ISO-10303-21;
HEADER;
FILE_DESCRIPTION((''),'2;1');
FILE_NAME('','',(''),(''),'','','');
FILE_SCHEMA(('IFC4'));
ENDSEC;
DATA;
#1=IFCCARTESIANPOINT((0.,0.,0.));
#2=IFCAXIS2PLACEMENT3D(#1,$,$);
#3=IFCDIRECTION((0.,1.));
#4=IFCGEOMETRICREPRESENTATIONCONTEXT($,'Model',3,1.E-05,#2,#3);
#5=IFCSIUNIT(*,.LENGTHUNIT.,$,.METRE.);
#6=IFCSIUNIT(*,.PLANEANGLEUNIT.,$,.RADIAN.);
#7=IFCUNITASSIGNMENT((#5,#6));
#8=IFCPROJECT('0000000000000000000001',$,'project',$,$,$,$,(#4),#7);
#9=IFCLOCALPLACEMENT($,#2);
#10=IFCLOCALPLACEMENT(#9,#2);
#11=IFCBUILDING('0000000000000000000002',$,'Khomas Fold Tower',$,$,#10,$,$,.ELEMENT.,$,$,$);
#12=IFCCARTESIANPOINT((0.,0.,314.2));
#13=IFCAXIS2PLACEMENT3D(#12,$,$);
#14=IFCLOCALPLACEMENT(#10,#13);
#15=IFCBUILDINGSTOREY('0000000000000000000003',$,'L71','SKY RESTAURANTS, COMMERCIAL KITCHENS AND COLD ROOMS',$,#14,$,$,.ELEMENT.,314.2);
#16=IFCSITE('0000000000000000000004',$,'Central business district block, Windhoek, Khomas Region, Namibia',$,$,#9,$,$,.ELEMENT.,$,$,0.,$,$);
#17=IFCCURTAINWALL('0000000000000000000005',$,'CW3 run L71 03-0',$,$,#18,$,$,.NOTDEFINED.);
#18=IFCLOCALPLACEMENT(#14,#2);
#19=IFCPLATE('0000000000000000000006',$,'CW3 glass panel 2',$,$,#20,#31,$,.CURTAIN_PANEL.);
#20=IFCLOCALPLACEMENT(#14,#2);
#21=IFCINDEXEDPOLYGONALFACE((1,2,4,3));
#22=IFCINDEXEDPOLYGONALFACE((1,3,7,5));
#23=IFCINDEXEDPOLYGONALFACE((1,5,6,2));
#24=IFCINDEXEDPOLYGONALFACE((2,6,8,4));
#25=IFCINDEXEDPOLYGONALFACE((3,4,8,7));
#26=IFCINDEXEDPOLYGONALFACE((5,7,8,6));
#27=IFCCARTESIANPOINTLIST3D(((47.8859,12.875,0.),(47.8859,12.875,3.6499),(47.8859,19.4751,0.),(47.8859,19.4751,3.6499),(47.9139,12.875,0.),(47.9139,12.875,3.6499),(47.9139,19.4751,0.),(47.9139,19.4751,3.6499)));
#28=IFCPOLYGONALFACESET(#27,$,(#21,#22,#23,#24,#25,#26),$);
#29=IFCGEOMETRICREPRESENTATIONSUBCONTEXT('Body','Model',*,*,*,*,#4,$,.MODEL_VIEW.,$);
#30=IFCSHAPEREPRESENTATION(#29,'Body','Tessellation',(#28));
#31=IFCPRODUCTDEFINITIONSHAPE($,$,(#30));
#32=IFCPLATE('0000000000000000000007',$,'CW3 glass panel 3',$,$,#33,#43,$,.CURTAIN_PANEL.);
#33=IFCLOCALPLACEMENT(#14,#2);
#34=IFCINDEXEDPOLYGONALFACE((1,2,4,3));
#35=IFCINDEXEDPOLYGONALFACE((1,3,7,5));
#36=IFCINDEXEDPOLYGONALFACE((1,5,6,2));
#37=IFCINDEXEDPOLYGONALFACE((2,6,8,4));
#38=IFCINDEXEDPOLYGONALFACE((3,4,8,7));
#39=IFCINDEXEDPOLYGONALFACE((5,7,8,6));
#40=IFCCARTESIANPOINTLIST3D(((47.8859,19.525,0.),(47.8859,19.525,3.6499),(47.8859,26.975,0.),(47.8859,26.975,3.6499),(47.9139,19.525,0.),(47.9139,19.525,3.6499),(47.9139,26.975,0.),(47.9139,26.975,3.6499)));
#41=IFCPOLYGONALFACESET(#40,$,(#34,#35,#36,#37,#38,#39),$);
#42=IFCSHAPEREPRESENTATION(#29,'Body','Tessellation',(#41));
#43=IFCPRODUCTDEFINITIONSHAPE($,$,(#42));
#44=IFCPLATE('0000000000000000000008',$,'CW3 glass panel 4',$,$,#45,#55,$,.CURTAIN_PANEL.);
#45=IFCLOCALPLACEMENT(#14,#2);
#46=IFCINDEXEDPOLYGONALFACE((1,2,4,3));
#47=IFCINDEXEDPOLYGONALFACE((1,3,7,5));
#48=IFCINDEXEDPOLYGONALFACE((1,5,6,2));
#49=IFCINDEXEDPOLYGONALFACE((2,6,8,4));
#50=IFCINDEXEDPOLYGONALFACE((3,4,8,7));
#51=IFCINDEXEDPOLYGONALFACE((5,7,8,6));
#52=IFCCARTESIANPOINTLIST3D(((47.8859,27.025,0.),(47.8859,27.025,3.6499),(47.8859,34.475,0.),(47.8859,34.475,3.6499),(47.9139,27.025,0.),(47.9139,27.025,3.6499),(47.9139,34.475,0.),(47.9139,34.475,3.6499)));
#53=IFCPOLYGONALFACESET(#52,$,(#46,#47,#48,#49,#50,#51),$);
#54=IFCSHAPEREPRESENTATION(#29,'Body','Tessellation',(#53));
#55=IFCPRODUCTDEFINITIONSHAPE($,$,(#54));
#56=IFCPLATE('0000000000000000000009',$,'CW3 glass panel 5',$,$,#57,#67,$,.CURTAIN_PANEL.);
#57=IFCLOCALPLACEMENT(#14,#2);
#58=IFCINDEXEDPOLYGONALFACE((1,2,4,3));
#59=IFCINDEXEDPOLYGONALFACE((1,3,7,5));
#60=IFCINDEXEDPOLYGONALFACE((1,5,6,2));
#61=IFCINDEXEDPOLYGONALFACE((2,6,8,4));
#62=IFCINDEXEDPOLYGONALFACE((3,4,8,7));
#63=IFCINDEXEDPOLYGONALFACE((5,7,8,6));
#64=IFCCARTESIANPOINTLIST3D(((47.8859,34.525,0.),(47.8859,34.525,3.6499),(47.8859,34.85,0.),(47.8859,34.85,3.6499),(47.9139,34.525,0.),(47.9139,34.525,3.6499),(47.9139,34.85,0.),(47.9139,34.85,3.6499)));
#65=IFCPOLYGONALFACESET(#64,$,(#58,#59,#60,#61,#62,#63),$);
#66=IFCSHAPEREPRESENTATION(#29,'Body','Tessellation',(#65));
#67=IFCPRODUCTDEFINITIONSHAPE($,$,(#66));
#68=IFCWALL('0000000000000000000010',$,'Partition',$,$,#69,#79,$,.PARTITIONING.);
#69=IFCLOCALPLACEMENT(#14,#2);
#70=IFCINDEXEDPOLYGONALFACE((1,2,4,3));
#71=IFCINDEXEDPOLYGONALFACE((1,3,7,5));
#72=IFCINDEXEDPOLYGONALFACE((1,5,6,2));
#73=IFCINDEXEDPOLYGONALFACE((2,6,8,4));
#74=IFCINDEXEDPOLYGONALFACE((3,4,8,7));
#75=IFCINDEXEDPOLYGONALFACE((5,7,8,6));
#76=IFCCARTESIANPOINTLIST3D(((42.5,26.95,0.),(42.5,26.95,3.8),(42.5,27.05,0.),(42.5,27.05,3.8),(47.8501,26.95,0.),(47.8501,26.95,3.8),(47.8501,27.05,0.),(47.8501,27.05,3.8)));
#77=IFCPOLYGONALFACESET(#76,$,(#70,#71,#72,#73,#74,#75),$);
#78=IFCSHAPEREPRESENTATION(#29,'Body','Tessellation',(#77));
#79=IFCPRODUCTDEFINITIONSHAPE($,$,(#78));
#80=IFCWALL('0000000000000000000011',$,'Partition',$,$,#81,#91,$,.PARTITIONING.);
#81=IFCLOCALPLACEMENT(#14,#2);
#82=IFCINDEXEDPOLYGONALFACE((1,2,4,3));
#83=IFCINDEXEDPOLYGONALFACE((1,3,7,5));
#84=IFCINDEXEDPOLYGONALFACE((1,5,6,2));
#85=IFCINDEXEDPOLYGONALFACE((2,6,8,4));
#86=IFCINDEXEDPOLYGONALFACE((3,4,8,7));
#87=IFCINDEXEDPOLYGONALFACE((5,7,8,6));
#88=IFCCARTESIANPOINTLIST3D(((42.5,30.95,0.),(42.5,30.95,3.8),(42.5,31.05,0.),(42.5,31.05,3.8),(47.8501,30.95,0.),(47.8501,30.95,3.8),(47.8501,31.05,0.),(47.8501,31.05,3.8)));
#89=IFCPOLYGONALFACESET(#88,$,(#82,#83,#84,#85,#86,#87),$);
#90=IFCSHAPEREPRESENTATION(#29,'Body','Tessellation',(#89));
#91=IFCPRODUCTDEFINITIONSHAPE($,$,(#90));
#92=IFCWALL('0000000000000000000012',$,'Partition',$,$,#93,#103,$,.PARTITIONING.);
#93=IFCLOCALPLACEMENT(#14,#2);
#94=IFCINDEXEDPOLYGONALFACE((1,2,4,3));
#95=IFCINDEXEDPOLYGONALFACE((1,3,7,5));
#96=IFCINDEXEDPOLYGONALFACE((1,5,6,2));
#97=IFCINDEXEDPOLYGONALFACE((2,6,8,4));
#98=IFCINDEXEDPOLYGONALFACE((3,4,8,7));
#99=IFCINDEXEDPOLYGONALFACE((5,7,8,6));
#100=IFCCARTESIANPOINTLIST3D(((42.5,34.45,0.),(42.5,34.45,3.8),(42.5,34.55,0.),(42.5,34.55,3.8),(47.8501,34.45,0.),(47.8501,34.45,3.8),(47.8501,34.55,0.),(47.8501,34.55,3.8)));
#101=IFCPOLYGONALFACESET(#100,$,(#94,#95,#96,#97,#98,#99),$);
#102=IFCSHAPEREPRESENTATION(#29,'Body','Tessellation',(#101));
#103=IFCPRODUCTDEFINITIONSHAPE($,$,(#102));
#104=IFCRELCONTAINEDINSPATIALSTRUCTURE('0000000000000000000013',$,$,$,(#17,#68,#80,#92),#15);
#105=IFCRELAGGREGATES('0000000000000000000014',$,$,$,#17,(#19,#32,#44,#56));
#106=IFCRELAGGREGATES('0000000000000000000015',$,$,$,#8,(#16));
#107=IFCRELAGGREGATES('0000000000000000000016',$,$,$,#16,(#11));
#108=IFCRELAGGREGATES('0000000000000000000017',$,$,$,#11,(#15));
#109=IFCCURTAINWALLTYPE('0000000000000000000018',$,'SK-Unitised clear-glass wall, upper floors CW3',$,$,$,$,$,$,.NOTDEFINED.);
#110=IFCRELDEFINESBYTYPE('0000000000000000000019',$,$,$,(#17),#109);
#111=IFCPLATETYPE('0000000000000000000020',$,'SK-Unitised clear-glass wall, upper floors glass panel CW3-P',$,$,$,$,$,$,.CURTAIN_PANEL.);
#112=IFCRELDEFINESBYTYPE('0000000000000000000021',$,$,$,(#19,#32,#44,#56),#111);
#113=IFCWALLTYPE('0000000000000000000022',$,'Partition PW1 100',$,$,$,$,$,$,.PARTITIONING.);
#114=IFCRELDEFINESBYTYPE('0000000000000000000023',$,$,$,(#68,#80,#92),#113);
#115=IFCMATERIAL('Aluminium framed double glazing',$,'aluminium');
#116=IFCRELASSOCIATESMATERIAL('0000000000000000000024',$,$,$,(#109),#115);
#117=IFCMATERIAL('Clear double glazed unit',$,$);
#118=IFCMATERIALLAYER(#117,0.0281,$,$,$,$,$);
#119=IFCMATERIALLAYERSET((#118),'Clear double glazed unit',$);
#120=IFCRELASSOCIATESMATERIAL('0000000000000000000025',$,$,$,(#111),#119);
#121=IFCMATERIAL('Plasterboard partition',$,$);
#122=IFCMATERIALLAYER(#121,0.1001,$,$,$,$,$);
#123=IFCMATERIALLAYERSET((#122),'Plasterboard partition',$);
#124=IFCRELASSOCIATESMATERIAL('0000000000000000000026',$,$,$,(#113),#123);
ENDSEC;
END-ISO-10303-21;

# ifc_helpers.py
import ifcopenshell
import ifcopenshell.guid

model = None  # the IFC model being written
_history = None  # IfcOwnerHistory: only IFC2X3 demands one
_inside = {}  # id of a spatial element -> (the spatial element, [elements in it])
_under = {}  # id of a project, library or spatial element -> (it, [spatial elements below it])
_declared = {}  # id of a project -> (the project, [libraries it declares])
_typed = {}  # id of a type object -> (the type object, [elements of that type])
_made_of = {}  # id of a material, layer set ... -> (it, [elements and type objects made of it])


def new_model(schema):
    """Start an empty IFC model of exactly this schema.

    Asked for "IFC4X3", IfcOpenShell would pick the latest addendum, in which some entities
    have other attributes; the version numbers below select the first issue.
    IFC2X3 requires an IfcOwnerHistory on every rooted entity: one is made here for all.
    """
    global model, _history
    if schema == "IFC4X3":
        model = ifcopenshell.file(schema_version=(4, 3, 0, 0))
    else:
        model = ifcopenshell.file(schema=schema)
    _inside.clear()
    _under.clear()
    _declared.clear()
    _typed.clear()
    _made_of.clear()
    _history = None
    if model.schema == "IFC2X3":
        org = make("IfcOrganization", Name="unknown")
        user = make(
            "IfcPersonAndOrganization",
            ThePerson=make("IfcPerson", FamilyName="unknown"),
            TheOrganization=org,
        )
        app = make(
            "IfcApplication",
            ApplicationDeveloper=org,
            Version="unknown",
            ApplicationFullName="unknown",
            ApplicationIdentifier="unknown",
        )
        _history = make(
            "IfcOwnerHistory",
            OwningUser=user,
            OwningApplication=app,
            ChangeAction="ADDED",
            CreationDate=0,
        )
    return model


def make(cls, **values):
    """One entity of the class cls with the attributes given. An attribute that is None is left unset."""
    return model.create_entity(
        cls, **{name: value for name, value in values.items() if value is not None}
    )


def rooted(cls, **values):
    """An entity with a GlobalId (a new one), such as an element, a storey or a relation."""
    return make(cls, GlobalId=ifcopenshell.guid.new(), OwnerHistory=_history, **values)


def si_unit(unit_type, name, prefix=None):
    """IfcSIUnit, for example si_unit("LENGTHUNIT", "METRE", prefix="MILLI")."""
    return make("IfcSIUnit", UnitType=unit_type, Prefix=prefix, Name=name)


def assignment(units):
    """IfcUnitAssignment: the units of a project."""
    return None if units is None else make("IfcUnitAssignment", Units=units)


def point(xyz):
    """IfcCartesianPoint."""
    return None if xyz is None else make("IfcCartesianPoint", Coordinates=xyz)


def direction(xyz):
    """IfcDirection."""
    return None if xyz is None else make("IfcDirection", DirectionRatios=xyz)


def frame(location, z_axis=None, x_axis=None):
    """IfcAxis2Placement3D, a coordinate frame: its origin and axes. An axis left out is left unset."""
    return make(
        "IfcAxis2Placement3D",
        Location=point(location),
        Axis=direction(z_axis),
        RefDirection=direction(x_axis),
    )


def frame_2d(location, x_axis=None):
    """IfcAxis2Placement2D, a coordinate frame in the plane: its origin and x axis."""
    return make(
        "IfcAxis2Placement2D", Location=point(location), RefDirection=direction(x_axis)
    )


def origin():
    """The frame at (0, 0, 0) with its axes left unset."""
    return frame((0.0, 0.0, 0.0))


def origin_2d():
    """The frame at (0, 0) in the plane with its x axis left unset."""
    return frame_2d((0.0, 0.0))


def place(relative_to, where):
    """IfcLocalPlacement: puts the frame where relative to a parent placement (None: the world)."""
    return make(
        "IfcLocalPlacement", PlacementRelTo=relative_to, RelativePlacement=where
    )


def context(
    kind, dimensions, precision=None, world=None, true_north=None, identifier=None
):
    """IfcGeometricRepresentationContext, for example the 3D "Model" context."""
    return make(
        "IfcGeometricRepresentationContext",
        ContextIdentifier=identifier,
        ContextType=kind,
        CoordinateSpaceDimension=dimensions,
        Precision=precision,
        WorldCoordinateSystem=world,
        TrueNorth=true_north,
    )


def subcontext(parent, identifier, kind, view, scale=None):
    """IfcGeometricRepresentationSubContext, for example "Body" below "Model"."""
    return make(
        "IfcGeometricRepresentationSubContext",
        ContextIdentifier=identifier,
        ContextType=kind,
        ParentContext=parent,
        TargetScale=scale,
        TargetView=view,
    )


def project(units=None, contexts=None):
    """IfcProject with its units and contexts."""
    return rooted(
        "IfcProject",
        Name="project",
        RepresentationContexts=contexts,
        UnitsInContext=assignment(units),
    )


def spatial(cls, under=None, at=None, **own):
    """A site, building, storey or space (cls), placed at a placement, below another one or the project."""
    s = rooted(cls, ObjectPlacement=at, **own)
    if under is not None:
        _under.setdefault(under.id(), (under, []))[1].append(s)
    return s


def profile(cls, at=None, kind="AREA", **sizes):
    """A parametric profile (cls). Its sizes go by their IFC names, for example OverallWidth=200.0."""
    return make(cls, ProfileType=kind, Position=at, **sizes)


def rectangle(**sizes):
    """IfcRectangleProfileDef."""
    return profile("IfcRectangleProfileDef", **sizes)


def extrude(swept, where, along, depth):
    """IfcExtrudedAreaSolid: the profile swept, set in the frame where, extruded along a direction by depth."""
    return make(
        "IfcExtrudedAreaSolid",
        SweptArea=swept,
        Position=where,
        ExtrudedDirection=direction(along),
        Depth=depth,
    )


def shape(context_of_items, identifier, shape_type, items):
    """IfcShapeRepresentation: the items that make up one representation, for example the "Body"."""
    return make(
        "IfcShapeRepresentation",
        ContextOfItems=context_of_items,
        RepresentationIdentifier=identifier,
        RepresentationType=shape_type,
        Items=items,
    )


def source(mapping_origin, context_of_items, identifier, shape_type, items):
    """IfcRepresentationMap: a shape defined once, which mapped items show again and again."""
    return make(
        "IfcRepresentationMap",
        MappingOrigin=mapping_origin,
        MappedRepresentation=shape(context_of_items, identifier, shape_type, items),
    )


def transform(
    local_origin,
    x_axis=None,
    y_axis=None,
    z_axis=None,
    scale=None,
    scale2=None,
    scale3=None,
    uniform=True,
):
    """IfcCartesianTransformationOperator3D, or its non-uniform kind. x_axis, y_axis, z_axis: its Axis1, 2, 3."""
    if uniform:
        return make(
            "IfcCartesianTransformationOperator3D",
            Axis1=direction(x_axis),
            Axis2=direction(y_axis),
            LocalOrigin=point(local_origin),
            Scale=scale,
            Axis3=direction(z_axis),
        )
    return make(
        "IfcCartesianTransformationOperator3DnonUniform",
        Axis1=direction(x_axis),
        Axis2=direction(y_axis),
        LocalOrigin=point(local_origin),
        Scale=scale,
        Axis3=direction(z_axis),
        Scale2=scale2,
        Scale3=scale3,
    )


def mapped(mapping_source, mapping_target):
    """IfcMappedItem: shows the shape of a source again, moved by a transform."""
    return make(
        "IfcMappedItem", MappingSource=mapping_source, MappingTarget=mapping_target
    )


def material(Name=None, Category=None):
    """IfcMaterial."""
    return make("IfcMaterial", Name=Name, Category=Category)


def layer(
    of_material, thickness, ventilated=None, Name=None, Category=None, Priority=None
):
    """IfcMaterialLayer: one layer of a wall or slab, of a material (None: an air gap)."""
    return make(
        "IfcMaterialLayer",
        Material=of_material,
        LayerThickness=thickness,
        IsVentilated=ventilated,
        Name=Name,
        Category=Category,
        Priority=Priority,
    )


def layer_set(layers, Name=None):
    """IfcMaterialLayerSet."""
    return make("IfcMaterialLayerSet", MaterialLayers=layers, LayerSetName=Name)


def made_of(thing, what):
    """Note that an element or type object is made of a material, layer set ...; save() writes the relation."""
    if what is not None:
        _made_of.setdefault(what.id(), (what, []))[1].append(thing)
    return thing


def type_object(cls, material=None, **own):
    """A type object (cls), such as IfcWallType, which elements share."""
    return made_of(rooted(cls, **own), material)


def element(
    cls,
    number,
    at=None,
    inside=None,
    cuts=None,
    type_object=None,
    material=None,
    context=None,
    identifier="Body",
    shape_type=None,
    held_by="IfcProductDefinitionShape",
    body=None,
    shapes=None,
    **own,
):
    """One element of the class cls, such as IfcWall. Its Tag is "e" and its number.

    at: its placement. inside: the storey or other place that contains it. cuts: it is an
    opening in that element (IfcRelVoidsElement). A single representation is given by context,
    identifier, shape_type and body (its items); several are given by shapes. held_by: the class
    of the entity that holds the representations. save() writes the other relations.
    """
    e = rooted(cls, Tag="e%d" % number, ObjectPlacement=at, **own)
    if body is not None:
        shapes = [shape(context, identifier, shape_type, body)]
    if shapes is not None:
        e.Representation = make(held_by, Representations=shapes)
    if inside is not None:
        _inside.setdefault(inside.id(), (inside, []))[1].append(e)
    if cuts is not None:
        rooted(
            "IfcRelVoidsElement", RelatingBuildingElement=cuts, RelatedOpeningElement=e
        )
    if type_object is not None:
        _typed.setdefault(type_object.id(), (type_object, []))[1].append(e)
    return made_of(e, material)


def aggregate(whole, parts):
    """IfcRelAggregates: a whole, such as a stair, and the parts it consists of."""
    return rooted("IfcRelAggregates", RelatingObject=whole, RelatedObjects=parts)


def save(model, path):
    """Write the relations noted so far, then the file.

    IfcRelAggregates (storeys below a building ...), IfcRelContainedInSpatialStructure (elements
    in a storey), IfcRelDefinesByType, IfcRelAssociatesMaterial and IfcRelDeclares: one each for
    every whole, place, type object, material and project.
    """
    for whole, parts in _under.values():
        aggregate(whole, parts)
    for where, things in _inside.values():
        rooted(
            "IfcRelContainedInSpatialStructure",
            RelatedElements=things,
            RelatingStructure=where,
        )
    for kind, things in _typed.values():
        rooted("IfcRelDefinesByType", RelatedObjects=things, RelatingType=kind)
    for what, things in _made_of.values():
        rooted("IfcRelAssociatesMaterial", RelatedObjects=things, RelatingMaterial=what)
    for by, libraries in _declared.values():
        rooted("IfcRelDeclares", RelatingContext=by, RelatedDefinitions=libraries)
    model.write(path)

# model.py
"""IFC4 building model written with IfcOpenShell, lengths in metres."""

from ifc_helpers import new_model, si_unit, direction, frame, frame_2d, origin, origin_2d, place, context, subcontext, project, spatial, rectangle, extrude, source, transform, mapped, material, layer, layer_set, type_object, element, aggregate, save


model = new_model("IFC4")

# Units and contexts
model_context = context("Model", 3, precision=1e-05, world=origin(), true_north=direction((0.0, 1.0)))
body_context = subcontext(model_context, "Body", "Model", "MODEL_VIEW")
ifc_project = project(units=[si_unit("LENGTHUNIT", "METRE"), si_unit("PLANEANGLEUNIT", "RADIAN")], contexts=[model_context])

# Site, building, storey
site_placement = place(None, origin())
site = spatial("IfcSite", under=ifc_project, at=site_placement, Name="Central business district block, Windhoek, Khomas Region, Namibia", CompositionType="ELEMENT", RefElevation=0.0)
building_placement = place(site_placement, origin())
building = spatial("IfcBuilding", under=site, at=building_placement, Name="Khomas Fold Tower", CompositionType="ELEMENT")
storey_placement = place(building_placement, frame((0.0, 0.0, 314.2)))
storey = spatial("IfcBuildingStorey", under=building, at=storey_placement, Name="L71", Description="SKY RESTAURANTS, COMMERCIAL KITCHENS AND COLD ROOMS", CompositionType="ELEMENT", Elevation=314.2)

# Curtain wall, plates
ifc_material_1 = material(Name="Aluminium framed double glazing", Category="aluminium")
curtain_wall_type = type_object("IfcCurtainWallType", Name="SK-Unitised clear-glass wall, upper floors CW3", PredefinedType="NOTDEFINED", material=ifc_material_1)
curtain_wall_placement = place(storey_placement, origin())
curtain_wall = element("IfcCurtainWall", 1, at=curtain_wall_placement, inside=storey, type_object=curtain_wall_type, Name="CW3 run L71 03-0", PredefinedType="NOTDEFINED")
ifc_material_2 = material(Name="Clear double glazed unit")
ifc_layer_1 = layer(ifc_material_2, 0.0281)
ifc_layer_set_1 = layer_set([ifc_layer_1], Name="Clear double glazed unit")
plate_type = type_object("IfcPlateType", Name="SK-Unitised clear-glass wall, upper floors glass panel CW3-P", PredefinedType="CURTAIN_PANEL", material=ifc_layer_set_1)
shared_shape_1 = source(origin(), body_context, "Body", "SweptSolid", [
    extrude(rectangle(XDim=6.6001, YDim=0.0281, at=origin_2d()), origin(), (0.0, 0.0, 1.0), 3.6499),
])
plate_1_placement = place(storey_placement, frame((47.8999, 16.175, 0.0), z_axis=(0.0, 0.0, 1.0), x_axis=(0.0, 1.0, 0.0)))
plate_1 = element("IfcPlate", 2, at=plate_1_placement, type_object=plate_type, Name="CW3 glass panel 2", PredefinedType="CURTAIN_PANEL", context=body_context, shape_type="MappedRepresentation", body=[
    mapped(shared_shape_1, transform((0.0, 0.0, 0.0))),
])
shared_shape_2 = source(origin(), body_context, "Body", "SweptSolid", [
    extrude(rectangle(XDim=7.45, YDim=0.0281, at=origin_2d()), origin(), (0.0, 0.0, 1.0), 3.6499),
])
plate_2_placement = place(storey_placement, frame((47.8999, 23.25, 0.0), z_axis=(0.0, 0.0, 1.0), x_axis=(0.0, 1.0, 0.0)))
plate_2 = element("IfcPlate", 3, at=plate_2_placement, type_object=plate_type, Name="CW3 glass panel 3", PredefinedType="CURTAIN_PANEL", context=body_context, shape_type="MappedRepresentation", body=[
    mapped(shared_shape_2, transform((0.0, 0.0, 0.0))),
])
plate_3_placement = place(storey_placement, frame((47.8999, 30.75, 0.0), z_axis=(0.0, 0.0, 1.0), x_axis=(0.0, 1.0, 0.0)))
plate_3 = element("IfcPlate", 4, at=plate_3_placement, type_object=plate_type, Name="CW3 glass panel 4", PredefinedType="CURTAIN_PANEL", context=body_context, shape_type="MappedRepresentation", body=[
    mapped(shared_shape_2, transform((0.0, 0.0, 0.0))),
])
shared_shape_3 = source(origin(), body_context, "Body", "SweptSolid", [
    extrude(rectangle(XDim=0.325, YDim=0.0281, at=origin_2d()), origin(), (0.0, 0.0, 1.0), 3.6499),
])
plate_4_placement = place(storey_placement, frame((47.8999, 34.6875, 0.0), z_axis=(0.0, 0.0, 1.0), x_axis=(0.0, 1.0, 0.0)))
plate_4 = element("IfcPlate", 5, at=plate_4_placement, type_object=plate_type, Name="CW3 glass panel 5", PredefinedType="CURTAIN_PANEL", context=body_context, shape_type="MappedRepresentation", body=[
    mapped(shared_shape_3, transform((0.0, 0.0, 0.0))),
])
aggregate(curtain_wall, [plate_1, plate_2, plate_3, plate_4])

# Walls
ifc_material_3 = material(Name="Plasterboard partition")
ifc_layer_2 = layer(ifc_material_3, 0.1001)
ifc_layer_set_2 = layer_set([ifc_layer_2], Name="Plasterboard partition")
wall_type = type_object("IfcWallType", Name="Partition PW1 100", PredefinedType="PARTITIONING", material=ifc_layer_set_2)
shared_shape_4 = source(origin(), body_context, "Body", "SweptSolid", [
    extrude(rectangle(XDim=5.3501, YDim=0.1001, at=frame_2d((2.675, 0.0))), origin(), (0.0, 0.0, 1.0), 3.8),
])
for number, where, z_axis, x_axis, name in (
    (6, (42.5, 27.0, 0.0), (0.0, 0.0, 1.0), (1.0, 0.0, 0.0), "Partition"),
    (7, (42.5, 31.0, 0.0), (0.0, 0.0, 1.0), (1.0, 0.0, 0.0), "Partition"),
    (8, (42.5, 34.5, 0.0), (0.0, 0.0, 1.0), (1.0, 0.0, 0.0), "Partition"),
):
    element("IfcWall", number, at=place(storey_placement, frame(where, z_axis=z_axis, x_axis=x_axis)), inside=storey, type_object=wall_type, Name=name, PredefinedType="PARTITIONING", context=body_context, shape_type="MappedRepresentation", body=[
        mapped(shared_shape_4, transform((0.0, 0.0, 0.0))),
    ])

save(model, "model.ifc")
